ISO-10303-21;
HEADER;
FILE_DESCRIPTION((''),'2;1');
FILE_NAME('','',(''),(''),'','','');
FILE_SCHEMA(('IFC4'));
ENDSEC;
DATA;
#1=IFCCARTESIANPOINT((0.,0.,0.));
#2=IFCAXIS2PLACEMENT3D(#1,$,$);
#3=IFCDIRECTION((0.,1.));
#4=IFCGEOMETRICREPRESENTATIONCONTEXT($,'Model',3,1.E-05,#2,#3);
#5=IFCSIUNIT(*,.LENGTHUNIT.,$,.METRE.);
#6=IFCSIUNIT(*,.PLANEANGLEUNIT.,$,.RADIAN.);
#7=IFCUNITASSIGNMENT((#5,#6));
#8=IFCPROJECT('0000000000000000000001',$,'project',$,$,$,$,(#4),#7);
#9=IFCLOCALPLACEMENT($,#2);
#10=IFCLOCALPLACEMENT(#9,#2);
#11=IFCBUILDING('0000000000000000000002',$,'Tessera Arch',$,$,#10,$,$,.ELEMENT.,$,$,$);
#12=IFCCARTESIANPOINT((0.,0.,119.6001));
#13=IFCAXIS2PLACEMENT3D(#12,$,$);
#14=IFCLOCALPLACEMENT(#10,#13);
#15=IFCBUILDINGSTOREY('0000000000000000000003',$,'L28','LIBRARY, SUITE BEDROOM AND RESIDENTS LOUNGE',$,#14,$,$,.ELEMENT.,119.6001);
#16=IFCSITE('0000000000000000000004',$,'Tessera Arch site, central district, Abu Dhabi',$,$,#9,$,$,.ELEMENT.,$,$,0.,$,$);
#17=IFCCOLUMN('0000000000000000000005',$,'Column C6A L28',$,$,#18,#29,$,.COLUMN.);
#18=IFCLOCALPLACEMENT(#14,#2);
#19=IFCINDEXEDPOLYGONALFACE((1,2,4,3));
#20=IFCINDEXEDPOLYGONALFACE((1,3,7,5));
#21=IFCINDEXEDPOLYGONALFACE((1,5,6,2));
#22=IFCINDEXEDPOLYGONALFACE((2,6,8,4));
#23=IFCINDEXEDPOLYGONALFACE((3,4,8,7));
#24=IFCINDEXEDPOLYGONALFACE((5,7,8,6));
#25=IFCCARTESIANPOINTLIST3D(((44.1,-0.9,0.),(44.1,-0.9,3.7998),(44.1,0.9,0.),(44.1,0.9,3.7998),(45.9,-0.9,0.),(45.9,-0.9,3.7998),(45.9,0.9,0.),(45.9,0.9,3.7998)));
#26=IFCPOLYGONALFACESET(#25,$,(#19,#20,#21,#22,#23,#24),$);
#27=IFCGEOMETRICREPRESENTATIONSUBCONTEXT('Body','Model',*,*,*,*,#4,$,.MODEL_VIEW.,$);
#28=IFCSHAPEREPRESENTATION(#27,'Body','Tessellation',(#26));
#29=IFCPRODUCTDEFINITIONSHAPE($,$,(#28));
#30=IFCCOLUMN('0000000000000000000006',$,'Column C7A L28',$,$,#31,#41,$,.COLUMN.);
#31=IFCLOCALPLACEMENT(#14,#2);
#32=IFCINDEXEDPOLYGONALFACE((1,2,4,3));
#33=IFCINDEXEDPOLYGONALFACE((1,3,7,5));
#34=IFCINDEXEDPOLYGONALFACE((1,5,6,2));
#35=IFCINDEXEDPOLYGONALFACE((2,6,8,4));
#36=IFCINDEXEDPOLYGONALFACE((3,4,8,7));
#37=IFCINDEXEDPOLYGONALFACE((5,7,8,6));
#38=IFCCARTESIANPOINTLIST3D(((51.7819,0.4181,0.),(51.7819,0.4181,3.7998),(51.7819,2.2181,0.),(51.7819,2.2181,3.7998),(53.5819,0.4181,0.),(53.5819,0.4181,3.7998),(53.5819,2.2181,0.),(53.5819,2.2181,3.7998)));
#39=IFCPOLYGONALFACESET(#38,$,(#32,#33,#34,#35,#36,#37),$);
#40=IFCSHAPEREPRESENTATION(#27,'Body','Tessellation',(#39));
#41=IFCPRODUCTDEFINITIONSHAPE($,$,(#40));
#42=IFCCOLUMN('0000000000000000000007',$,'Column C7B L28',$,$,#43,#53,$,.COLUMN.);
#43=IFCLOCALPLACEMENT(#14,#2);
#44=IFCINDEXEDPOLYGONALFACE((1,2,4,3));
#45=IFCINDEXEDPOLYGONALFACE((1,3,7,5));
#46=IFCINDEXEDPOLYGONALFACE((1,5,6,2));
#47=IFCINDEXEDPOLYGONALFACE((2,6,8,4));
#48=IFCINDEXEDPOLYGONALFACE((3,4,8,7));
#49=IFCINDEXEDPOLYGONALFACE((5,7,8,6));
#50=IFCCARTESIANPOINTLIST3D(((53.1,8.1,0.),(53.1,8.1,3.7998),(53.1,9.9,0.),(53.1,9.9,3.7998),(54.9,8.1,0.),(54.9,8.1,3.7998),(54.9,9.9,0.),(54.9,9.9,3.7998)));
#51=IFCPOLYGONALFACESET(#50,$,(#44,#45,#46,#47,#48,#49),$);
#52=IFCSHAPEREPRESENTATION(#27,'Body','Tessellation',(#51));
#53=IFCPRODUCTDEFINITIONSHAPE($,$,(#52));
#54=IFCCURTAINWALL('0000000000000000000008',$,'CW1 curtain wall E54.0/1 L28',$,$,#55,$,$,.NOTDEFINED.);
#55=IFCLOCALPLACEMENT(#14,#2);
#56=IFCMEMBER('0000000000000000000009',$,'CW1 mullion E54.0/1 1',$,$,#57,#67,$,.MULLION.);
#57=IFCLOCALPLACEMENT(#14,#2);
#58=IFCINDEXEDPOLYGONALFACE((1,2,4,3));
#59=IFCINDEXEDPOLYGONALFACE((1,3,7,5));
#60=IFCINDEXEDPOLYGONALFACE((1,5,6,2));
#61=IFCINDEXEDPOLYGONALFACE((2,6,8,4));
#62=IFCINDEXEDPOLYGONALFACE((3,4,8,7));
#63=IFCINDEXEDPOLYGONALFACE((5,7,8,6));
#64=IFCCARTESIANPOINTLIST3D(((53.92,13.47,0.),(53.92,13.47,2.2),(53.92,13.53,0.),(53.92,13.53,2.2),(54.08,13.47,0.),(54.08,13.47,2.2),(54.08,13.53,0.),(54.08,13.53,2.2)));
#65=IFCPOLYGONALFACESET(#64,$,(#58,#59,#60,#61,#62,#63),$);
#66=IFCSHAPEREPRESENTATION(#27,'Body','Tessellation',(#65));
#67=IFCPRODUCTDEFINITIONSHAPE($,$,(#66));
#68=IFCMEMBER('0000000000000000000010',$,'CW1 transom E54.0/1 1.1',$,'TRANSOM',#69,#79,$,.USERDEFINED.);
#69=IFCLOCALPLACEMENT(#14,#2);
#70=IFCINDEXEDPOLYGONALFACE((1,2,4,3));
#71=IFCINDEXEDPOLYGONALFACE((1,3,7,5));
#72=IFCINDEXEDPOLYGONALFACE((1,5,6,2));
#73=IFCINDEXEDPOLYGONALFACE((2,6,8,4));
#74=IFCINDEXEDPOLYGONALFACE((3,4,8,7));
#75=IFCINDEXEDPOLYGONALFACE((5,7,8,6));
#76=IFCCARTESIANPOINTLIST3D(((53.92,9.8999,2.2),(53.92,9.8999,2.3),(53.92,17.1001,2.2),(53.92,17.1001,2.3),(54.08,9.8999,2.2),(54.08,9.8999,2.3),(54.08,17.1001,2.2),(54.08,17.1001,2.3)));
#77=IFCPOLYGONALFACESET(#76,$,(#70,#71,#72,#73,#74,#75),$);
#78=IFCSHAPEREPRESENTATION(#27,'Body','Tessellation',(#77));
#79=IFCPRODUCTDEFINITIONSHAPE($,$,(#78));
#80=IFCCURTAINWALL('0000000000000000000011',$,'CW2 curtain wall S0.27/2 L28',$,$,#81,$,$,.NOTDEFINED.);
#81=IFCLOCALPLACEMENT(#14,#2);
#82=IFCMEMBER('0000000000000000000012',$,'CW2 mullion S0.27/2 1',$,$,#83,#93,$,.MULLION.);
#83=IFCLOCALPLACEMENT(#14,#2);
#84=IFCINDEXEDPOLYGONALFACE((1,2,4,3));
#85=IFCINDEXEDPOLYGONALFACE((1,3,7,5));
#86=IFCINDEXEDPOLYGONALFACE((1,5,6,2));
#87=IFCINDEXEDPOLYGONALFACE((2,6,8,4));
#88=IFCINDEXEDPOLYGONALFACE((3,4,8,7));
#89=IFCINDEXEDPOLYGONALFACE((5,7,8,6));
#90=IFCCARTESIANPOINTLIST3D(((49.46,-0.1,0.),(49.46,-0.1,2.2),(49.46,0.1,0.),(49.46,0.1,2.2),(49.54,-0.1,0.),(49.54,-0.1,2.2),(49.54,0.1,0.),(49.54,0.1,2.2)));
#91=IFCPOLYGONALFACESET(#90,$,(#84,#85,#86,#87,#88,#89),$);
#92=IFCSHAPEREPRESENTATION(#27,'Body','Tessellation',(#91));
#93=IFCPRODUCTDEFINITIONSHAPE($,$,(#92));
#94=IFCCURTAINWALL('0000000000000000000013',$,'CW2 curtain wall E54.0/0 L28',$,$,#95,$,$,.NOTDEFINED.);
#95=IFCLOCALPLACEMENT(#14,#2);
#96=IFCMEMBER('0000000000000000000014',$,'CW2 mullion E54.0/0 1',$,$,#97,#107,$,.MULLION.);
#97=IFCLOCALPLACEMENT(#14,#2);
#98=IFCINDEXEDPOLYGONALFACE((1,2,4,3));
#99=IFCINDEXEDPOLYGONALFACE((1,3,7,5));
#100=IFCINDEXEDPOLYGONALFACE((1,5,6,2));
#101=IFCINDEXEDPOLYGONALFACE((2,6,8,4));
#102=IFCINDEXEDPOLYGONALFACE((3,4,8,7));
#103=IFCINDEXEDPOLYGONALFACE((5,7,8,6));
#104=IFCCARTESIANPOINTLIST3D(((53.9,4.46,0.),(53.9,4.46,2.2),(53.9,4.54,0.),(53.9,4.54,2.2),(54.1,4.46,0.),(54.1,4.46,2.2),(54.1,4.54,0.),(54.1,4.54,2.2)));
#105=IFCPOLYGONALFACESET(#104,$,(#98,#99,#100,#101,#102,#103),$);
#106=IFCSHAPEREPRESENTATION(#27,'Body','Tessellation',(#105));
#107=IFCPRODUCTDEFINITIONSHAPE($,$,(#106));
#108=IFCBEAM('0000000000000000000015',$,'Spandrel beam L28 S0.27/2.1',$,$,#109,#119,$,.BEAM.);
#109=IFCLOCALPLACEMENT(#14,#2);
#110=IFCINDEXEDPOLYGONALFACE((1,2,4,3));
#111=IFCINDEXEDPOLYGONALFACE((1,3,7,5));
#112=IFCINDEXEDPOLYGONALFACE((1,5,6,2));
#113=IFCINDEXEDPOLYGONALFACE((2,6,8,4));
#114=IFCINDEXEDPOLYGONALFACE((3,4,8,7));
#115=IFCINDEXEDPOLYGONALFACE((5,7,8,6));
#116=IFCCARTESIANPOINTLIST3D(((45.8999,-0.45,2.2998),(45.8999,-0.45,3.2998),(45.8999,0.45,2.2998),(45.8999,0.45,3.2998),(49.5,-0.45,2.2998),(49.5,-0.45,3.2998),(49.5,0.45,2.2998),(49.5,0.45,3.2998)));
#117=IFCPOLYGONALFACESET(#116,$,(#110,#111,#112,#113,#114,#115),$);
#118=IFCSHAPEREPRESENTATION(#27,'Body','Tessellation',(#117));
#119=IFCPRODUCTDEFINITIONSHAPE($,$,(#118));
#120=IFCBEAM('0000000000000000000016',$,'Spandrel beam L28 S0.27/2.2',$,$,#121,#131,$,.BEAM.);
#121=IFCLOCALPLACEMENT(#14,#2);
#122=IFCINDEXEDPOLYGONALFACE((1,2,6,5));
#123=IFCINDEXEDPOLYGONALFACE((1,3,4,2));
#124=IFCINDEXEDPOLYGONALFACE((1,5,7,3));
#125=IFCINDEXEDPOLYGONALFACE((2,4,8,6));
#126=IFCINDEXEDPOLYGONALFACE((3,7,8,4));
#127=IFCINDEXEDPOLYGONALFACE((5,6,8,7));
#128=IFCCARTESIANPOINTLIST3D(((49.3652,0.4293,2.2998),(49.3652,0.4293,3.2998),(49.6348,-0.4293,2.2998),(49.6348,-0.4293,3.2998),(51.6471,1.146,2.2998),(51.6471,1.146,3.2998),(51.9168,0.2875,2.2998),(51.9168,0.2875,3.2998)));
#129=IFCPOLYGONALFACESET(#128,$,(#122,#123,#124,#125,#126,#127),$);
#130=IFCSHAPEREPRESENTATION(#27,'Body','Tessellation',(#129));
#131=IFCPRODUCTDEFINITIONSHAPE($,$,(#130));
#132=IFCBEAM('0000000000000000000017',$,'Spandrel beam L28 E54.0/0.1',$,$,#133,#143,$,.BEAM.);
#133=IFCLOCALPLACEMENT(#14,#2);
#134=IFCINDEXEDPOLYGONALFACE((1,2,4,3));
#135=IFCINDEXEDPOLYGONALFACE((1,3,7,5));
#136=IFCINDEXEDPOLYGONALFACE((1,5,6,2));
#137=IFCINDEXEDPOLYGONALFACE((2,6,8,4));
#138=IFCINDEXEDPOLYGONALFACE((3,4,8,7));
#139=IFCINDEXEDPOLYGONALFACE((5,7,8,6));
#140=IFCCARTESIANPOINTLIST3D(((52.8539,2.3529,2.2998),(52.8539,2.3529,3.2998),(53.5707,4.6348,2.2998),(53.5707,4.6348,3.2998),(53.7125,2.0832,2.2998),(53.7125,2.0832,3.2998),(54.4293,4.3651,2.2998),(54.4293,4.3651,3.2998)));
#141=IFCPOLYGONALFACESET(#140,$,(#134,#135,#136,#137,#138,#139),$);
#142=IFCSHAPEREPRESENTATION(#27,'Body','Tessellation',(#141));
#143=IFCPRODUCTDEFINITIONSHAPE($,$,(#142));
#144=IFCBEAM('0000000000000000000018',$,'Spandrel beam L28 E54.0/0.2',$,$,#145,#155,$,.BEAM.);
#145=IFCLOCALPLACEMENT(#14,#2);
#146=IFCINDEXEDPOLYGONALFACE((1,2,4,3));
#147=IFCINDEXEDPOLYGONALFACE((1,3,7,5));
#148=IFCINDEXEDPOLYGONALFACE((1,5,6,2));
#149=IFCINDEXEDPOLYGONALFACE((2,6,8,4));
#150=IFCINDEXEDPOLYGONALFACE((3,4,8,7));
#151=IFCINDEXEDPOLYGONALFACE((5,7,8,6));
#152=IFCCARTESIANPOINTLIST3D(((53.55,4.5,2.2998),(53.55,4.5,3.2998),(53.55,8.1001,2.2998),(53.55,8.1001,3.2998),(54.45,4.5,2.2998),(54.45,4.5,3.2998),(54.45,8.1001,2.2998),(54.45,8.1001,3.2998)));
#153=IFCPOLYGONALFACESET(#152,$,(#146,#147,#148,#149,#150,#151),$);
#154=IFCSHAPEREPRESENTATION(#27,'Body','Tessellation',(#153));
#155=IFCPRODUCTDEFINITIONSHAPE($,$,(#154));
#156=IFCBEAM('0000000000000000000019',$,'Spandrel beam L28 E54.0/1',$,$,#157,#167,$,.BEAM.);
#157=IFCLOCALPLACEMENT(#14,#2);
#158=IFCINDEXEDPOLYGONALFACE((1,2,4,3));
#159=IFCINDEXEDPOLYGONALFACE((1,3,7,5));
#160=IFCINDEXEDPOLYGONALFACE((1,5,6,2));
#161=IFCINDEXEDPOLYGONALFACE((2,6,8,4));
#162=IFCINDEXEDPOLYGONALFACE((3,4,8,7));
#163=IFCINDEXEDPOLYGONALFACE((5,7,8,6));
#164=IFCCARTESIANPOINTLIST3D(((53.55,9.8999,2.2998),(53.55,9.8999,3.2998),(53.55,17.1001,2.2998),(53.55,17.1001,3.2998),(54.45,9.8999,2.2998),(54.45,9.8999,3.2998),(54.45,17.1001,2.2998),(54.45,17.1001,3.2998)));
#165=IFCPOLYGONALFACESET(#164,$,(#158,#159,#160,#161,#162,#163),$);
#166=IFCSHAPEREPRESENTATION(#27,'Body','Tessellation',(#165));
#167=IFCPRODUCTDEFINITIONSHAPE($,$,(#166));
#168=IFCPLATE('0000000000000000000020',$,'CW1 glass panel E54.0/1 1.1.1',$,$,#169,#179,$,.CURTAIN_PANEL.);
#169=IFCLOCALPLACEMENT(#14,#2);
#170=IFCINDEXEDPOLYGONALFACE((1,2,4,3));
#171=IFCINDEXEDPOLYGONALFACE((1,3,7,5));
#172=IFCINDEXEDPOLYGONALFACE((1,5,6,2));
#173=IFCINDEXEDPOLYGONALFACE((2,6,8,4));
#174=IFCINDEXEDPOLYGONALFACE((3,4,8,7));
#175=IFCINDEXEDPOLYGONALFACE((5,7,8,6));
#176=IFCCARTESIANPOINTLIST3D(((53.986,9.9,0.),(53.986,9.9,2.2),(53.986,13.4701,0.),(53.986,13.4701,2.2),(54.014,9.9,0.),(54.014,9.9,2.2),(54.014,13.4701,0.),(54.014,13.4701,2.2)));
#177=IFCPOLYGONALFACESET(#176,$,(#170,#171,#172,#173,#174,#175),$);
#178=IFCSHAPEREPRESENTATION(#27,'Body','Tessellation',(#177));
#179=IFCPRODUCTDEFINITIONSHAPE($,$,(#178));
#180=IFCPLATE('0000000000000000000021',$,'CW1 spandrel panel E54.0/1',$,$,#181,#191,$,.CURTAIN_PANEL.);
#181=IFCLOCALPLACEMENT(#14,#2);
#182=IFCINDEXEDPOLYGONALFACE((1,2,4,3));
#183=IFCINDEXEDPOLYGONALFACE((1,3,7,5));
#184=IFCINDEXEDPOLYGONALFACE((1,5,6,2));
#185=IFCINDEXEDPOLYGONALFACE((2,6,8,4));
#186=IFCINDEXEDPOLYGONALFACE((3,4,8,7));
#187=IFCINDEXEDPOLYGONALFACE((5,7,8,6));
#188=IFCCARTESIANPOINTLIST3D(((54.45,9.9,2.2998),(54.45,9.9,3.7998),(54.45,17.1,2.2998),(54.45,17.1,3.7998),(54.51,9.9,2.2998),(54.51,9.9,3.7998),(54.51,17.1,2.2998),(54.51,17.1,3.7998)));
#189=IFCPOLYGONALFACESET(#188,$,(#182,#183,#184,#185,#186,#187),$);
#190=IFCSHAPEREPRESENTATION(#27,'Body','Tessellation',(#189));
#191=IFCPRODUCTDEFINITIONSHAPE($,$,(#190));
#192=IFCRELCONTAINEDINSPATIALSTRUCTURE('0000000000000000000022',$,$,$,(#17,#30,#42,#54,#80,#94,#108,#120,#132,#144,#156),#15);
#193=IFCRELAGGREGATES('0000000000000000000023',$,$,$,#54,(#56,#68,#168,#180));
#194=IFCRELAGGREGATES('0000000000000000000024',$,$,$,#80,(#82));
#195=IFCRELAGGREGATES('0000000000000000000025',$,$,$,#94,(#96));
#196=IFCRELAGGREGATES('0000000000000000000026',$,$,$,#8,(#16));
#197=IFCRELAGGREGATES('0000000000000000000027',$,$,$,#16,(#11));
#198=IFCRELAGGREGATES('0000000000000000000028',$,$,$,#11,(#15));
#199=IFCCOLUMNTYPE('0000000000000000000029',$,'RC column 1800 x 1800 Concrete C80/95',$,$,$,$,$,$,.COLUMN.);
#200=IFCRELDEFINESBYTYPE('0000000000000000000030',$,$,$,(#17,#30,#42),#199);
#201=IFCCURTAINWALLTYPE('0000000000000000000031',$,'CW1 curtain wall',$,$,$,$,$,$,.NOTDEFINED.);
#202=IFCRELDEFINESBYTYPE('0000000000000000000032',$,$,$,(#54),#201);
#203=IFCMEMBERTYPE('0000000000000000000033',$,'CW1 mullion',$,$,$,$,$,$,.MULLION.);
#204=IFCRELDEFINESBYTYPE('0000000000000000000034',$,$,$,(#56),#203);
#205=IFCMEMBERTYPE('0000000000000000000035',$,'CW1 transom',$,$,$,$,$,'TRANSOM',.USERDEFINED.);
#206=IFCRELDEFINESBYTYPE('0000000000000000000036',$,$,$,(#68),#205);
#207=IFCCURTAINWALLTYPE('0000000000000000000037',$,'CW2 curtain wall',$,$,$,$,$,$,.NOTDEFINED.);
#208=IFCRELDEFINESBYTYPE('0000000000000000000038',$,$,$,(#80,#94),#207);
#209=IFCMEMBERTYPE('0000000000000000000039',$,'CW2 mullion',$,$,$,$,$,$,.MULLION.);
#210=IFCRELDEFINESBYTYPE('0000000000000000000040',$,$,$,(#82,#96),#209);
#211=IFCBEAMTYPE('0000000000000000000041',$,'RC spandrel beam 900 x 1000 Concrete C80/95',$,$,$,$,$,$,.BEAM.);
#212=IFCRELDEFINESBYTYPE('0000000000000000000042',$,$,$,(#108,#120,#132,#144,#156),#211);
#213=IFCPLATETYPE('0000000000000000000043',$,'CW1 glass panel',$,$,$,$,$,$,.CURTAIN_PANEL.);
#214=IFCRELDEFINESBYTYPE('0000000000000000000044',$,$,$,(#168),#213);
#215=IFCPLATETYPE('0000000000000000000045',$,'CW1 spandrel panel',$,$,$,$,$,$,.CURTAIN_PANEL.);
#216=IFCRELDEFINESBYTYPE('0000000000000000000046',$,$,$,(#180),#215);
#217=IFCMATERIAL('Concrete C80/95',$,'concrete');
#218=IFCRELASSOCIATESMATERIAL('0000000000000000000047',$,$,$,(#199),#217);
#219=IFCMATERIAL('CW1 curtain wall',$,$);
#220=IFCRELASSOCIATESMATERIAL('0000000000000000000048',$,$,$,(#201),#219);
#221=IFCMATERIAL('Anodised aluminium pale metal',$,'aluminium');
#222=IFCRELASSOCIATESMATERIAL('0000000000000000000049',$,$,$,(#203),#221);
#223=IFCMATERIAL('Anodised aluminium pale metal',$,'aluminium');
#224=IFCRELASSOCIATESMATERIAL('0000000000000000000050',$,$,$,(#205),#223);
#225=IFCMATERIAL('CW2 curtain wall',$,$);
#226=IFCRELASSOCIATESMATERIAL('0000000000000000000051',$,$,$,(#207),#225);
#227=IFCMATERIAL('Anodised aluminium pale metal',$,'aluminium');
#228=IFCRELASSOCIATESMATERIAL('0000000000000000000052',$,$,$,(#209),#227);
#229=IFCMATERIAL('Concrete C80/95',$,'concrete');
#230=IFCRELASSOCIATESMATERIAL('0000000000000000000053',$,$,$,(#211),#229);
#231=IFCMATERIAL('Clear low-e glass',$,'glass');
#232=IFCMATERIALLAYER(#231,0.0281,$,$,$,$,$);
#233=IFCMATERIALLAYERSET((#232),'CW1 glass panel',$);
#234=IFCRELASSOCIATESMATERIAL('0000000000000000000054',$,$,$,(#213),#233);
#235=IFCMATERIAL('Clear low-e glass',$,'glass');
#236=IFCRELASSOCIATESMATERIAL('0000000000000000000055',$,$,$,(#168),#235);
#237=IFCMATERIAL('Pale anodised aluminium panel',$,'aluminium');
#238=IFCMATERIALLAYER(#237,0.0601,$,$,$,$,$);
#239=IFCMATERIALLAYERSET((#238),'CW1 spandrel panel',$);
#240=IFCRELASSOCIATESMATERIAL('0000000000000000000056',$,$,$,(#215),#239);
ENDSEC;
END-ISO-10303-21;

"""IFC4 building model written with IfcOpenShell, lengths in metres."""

from ifc_helpers import new_model, si_unit, direction, frame, origin, origin_2d, place, context, subcontext, project, spatial, rectangle, extrude, material, layer, layer_set, material_profile, profile_set, type_object, element, aggregate, save


model = new_model("IFC4")

# Units and contexts
model_context = context("Model", 3, precision=1e-05, world=origin(), true_north=direction((0.0, 1.0)))
body_context = subcontext(model_context, "Body", "Model", "MODEL_VIEW")
ifc_project = project(units=[si_unit("LENGTHUNIT", "METRE"), si_unit("PLANEANGLEUNIT", "RADIAN")], contexts=[model_context])

# Site, building, storey
site_placement = place(None, origin())
site = spatial("IfcSite", under=ifc_project, at=site_placement, Name="Tessera Arch site, central district, Abu Dhabi", CompositionType="ELEMENT", RefElevation=0.0)
building_placement = place(site_placement, origin())
building = spatial("IfcBuilding", under=site, at=building_placement, Name="Tessera Arch", CompositionType="ELEMENT")
storey_placement = place(building_placement, frame((0.0, 0.0, 119.6001)))
storey = spatial("IfcBuildingStorey", under=building, at=storey_placement, Name="L28", Description="LIBRARY, SUITE BEDROOM AND RESIDENTS LOUNGE", CompositionType="ELEMENT", Elevation=119.6001)

# Columns
ifc_material_1 = material(Name="Concrete C80/95", Category="concrete")
ifc_material_profile_1 = material_profile(ifc_material_1, rectangle(XDim=1.8, YDim=1.8, at=origin_2d()), Name="RC column 1800 x 1800 Concrete C80/95")
ifc_profile_set_1 = profile_set([ifc_material_profile_1], Name="Concrete C80/95")
column_type = type_object("IfcColumnType", Name="RC column 1800 x 1800 Concrete C80/95", PredefinedType="COLUMN", material=ifc_profile_set_1)
for number, where, z_axis, x_axis, name in (
    (1, (45.0, 0.0, 0.0), (0.0, 0.0, 1.0), (1.0, 0.0, 0.0), "Column C6A L28"),
    (2, (52.6819, 1.3181, 0.0), (0.0, 0.0, 1.0), (1.0, 0.0, 0.0), "Column C7A L28"),
    (3, (54.0, 9.0, 0.0), (0.0, 0.0, 1.0), (1.0, 0.0, 0.0), "Column C7B L28"),
):
    element("IfcColumn", number, at=place(storey_placement, frame(where, z_axis=z_axis, x_axis=x_axis)), inside=storey, type_object=column_type, Name=name, PredefinedType="COLUMN", context=body_context, shape_type="SweptSolid", body=[
        extrude(rectangle(XDim=1.8, YDim=1.8, at=origin_2d()), origin(), (0.0, 0.0, 1.0), 3.7998),
    ])

# Curtain wall, members
ifc_material_2 = material(Name="CW1 curtain wall")
curtain_wall_type_1 = type_object("IfcCurtainWallType", Name="CW1 curtain wall", PredefinedType="NOTDEFINED", material=ifc_material_2)
curtain_wall_1_placement = place(storey_placement, origin())
curtain_wall_1 = element("IfcCurtainWall", 4, at=curtain_wall_1_placement, inside=storey, type_object=curtain_wall_type_1, Name="CW1 curtain wall E54.0/1 L28", PredefinedType="NOTDEFINED")
ifc_material_3 = material(Name="Anodised aluminium pale metal", Category="aluminium")
ifc_material_profile_2 = material_profile(ifc_material_3, rectangle(XDim=0.1599, YDim=0.0601, at=origin_2d()), Name="AL 60x160")
ifc_profile_set_2 = profile_set([ifc_material_profile_2], Name="Anodised aluminium pale metal")
member_type_1 = type_object("IfcMemberType", Name="CW1 mullion", PredefinedType="MULLION", material=ifc_profile_set_2)
member_1_placement = place(storey_placement, frame((54.0, 13.5, 0.0), z_axis=(0.0, 0.0, 1.0), x_axis=(-1.0, 0.0, 0.0)))
member_1 = element("IfcMember", 5, at=member_1_placement, type_object=member_type_1, Name="CW1 mullion E54.0/1 1", PredefinedType="MULLION", context=body_context, shape_type="SweptSolid", body=[
    extrude(rectangle(XDim=0.1599, YDim=0.0601, at=origin_2d()), origin(), (0.0, 0.0, 1.0), 2.2),
])
ifc_material_4 = material(Name="Anodised aluminium pale metal", Category="aluminium")
ifc_material_profile_3 = material_profile(ifc_material_4, rectangle(XDim=0.1599, YDim=0.1001, at=origin_2d()), Name="AL 160x100")
ifc_profile_set_3 = profile_set([ifc_material_profile_3], Name="Anodised aluminium pale metal")
member_type_2 = type_object("IfcMemberType", Name="CW1 transom", ElementType="TRANSOM", PredefinedType="USERDEFINED", material=ifc_profile_set_3)
member_2_placement = place(storey_placement, frame((54.0, 9.8999, 2.25), z_axis=(0.0, 1.0, 0.0), x_axis=(-1.0, 0.0, 0.0)))
member_2 = element("IfcMember", 6, at=member_2_placement, type_object=member_type_2, Name="CW1 transom E54.0/1 1.1", ObjectType="TRANSOM", PredefinedType="USERDEFINED", context=body_context, shape_type="SweptSolid", body=[
    extrude(rectangle(XDim=0.1599, YDim=0.1001, at=origin_2d()), origin(), (0.0, 0.0, 1.0), 7.2002),
])

# Curtain walls, members
ifc_material_5 = material(Name="CW2 curtain wall")
curtain_wall_type_2 = type_object("IfcCurtainWallType", Name="CW2 curtain wall", PredefinedType="NOTDEFINED", material=ifc_material_5)
curtain_wall_2_placement = place(storey_placement, origin())
curtain_wall_2 = element("IfcCurtainWall", 7, at=curtain_wall_2_placement, inside=storey, type_object=curtain_wall_type_2, Name="CW2 curtain wall S0.27/2 L28", PredefinedType="NOTDEFINED")
ifc_material_6 = material(Name="Anodised aluminium pale metal", Category="aluminium")
ifc_material_profile_4 = material_profile(ifc_material_6, rectangle(XDim=0.2, YDim=0.0801, at=origin_2d()), Name="AL 80x200")
ifc_profile_set_4 = profile_set([ifc_material_profile_4], Name="Anodised aluminium pale metal")
member_type_3 = type_object("IfcMemberType", Name="CW2 mullion", PredefinedType="MULLION", material=ifc_profile_set_4)
member_3_placement = place(storey_placement, frame((49.5, 0.0, 0.0), z_axis=(0.0, 0.0, 1.0), x_axis=(0.0, 1.0, 0.0)))
member_3 = element("IfcMember", 8, at=member_3_placement, type_object=member_type_3, Name="CW2 mullion S0.27/2 1", PredefinedType="MULLION", context=body_context, shape_type="SweptSolid", body=[
    extrude(rectangle(XDim=0.2, YDim=0.0801, at=origin_2d()), origin(), (0.0, 0.0, 1.0), 2.2),
])
curtain_wall_3_placement = place(storey_placement, origin())
curtain_wall_3 = element("IfcCurtainWall", 9, at=curtain_wall_3_placement, inside=storey, type_object=curtain_wall_type_2, Name="CW2 curtain wall E54.0/0 L28", PredefinedType="NOTDEFINED")
member_4_placement = place(storey_placement, frame((54.0, 4.5, 0.0), z_axis=(0.0, 0.0, 1.0), x_axis=(-1.0, 0.0, 0.0)))
member_4 = element("IfcMember", 10, at=member_4_placement, type_object=member_type_3, Name="CW2 mullion E54.0/0 1", PredefinedType="MULLION", context=body_context, shape_type="SweptSolid", body=[
    extrude(rectangle(XDim=0.2, YDim=0.0801, at=origin_2d()), origin(), (0.0, 0.0, 1.0), 2.2),
])

# Beams
ifc_material_7 = material(Name="Concrete C80/95", Category="concrete")
ifc_material_profile_5 = material_profile(ifc_material_7, rectangle(XDim=0.8999, YDim=1.0, at=origin_2d()), Name="RC spandrel beam 900 x 1000 Concrete C80/95")
ifc_profile_set_5 = profile_set([ifc_material_profile_5], Name="Concrete C80/95")
beam_type = type_object("IfcBeamType", Name="RC spandrel beam 900 x 1000 Concrete C80/95", PredefinedType="BEAM", material=ifc_profile_set_5)
beam_1_placement = place(storey_placement, frame((45.8999, 0.0, 2.7998), z_axis=(1.0, 0.0, 0.0), x_axis=(0.0, 1.0, 0.0)))
element("IfcBeam", 11, at=beam_1_placement, inside=storey, type_object=beam_type, Name="Spandrel beam L28 S0.27/2.1", PredefinedType="BEAM", context=body_context, shape_type="SweptSolid", body=[
    extrude(rectangle(XDim=0.8999, YDim=1.0, at=origin_2d()), origin(), (0.0, 0.0, 1.0), 3.6001),
])
for number, where, z_axis, x_axis, name in (
    (12, (49.5, 0.0, 2.7998), (0.954041, 0.299675, 0.0), (-0.299675, 0.954041, 0.0), "Spandrel beam L28 S0.27/2.2"),
    (13, (53.2832, 2.218, 2.7998), (0.299675, 0.954041, 0.0), (-0.954041, 0.299675, 0.0), "Spandrel beam L28 E54.0/0.1"),
):
    element("IfcBeam", number, at=place(storey_placement, frame(where, z_axis=z_axis, x_axis=x_axis)), inside=storey, type_object=beam_type, Name=name, PredefinedType="BEAM", context=body_context, shape_type="SweptSolid", body=[
        extrude(rectangle(XDim=0.8999, YDim=1.0, at=origin_2d()), origin(), (0.0, 0.0, 1.0), 2.3918),
    ])
beam_2_placement = place(storey_placement, frame((54.0, 4.5, 2.7998), z_axis=(0.0, 1.0, 0.0), x_axis=(-1.0, 0.0, 0.0)))
element("IfcBeam", 14, at=beam_2_placement, inside=storey, type_object=beam_type, Name="Spandrel beam L28 E54.0/0.2", PredefinedType="BEAM", context=body_context, shape_type="SweptSolid", body=[
    extrude(rectangle(XDim=0.8999, YDim=1.0, at=origin_2d()), origin(), (0.0, 0.0, 1.0), 3.6001),
])
beam_3_placement = place(storey_placement, frame((54.0, 9.8999, 2.7998), z_axis=(0.0, 1.0, 0.0), x_axis=(-1.0, 0.0, 0.0)))
element("IfcBeam", 15, at=beam_3_placement, inside=storey, type_object=beam_type, Name="Spandrel beam L28 E54.0/1", PredefinedType="BEAM", context=body_context, shape_type="SweptSolid", body=[
    extrude(rectangle(XDim=0.8999, YDim=1.0, at=origin_2d()), origin(), (0.0, 0.0, 1.0), 7.2002),
])

# Plates
ifc_material_8 = material(Name="Clear low-e glass", Category="glass")
ifc_material_9 = material(Name="Clear low-e glass", Category="glass")
ifc_layer_1 = layer(ifc_material_9, 0.0281)
ifc_layer_set_1 = layer_set([ifc_layer_1], Name="CW1 glass panel")
plate_type_1 = type_object("IfcPlateType", Name="CW1 glass panel", PredefinedType="CURTAIN_PANEL", material=ifc_layer_set_1)
plate_1_placement = place(storey_placement, frame((54.0, 11.6851, 0.0), z_axis=(0.0, 0.0, 1.0), x_axis=(0.0, 1.0, 0.0)))
plate_1 = element("IfcPlate", 16, at=plate_1_placement, type_object=plate_type_1, material=ifc_material_8, Name="CW1 glass panel E54.0/1 1.1.1", PredefinedType="CURTAIN_PANEL", context=body_context, shape_type="SweptSolid", body=[
    extrude(rectangle(XDim=3.5701, YDim=0.0281, at=origin_2d()), origin(), (0.0, 0.0, 1.0), 2.2),
])
ifc_material_10 = material(Name="Pale anodised aluminium panel", Category="aluminium")
ifc_layer_2 = layer(ifc_material_10, 0.0601)
ifc_layer_set_2 = layer_set([ifc_layer_2], Name="CW1 spandrel panel")
plate_type_2 = type_object("IfcPlateType", Name="CW1 spandrel panel", PredefinedType="CURTAIN_PANEL", material=ifc_layer_set_2)
plate_2_placement = place(storey_placement, frame((54.48, 13.5, 2.2998), z_axis=(0.0, 0.0, 1.0), x_axis=(0.0, 1.0, 0.0)))
plate_2 = element("IfcPlate", 17, at=plate_2_placement, type_object=plate_type_2, Name="CW1 spandrel panel E54.0/1", PredefinedType="CURTAIN_PANEL", context=body_context, shape_type="SweptSolid", body=[
    extrude(rectangle(XDim=7.2, YDim=0.0601, at=origin_2d()), origin(), (0.0, 0.0, 1.0), 1.5),
])
aggregate(curtain_wall_1, [member_1, member_2, plate_1, plate_2])
aggregate(curtain_wall_2, [member_3])
aggregate(curtain_wall_3, [member_4])

save(model, "model.ifc")
